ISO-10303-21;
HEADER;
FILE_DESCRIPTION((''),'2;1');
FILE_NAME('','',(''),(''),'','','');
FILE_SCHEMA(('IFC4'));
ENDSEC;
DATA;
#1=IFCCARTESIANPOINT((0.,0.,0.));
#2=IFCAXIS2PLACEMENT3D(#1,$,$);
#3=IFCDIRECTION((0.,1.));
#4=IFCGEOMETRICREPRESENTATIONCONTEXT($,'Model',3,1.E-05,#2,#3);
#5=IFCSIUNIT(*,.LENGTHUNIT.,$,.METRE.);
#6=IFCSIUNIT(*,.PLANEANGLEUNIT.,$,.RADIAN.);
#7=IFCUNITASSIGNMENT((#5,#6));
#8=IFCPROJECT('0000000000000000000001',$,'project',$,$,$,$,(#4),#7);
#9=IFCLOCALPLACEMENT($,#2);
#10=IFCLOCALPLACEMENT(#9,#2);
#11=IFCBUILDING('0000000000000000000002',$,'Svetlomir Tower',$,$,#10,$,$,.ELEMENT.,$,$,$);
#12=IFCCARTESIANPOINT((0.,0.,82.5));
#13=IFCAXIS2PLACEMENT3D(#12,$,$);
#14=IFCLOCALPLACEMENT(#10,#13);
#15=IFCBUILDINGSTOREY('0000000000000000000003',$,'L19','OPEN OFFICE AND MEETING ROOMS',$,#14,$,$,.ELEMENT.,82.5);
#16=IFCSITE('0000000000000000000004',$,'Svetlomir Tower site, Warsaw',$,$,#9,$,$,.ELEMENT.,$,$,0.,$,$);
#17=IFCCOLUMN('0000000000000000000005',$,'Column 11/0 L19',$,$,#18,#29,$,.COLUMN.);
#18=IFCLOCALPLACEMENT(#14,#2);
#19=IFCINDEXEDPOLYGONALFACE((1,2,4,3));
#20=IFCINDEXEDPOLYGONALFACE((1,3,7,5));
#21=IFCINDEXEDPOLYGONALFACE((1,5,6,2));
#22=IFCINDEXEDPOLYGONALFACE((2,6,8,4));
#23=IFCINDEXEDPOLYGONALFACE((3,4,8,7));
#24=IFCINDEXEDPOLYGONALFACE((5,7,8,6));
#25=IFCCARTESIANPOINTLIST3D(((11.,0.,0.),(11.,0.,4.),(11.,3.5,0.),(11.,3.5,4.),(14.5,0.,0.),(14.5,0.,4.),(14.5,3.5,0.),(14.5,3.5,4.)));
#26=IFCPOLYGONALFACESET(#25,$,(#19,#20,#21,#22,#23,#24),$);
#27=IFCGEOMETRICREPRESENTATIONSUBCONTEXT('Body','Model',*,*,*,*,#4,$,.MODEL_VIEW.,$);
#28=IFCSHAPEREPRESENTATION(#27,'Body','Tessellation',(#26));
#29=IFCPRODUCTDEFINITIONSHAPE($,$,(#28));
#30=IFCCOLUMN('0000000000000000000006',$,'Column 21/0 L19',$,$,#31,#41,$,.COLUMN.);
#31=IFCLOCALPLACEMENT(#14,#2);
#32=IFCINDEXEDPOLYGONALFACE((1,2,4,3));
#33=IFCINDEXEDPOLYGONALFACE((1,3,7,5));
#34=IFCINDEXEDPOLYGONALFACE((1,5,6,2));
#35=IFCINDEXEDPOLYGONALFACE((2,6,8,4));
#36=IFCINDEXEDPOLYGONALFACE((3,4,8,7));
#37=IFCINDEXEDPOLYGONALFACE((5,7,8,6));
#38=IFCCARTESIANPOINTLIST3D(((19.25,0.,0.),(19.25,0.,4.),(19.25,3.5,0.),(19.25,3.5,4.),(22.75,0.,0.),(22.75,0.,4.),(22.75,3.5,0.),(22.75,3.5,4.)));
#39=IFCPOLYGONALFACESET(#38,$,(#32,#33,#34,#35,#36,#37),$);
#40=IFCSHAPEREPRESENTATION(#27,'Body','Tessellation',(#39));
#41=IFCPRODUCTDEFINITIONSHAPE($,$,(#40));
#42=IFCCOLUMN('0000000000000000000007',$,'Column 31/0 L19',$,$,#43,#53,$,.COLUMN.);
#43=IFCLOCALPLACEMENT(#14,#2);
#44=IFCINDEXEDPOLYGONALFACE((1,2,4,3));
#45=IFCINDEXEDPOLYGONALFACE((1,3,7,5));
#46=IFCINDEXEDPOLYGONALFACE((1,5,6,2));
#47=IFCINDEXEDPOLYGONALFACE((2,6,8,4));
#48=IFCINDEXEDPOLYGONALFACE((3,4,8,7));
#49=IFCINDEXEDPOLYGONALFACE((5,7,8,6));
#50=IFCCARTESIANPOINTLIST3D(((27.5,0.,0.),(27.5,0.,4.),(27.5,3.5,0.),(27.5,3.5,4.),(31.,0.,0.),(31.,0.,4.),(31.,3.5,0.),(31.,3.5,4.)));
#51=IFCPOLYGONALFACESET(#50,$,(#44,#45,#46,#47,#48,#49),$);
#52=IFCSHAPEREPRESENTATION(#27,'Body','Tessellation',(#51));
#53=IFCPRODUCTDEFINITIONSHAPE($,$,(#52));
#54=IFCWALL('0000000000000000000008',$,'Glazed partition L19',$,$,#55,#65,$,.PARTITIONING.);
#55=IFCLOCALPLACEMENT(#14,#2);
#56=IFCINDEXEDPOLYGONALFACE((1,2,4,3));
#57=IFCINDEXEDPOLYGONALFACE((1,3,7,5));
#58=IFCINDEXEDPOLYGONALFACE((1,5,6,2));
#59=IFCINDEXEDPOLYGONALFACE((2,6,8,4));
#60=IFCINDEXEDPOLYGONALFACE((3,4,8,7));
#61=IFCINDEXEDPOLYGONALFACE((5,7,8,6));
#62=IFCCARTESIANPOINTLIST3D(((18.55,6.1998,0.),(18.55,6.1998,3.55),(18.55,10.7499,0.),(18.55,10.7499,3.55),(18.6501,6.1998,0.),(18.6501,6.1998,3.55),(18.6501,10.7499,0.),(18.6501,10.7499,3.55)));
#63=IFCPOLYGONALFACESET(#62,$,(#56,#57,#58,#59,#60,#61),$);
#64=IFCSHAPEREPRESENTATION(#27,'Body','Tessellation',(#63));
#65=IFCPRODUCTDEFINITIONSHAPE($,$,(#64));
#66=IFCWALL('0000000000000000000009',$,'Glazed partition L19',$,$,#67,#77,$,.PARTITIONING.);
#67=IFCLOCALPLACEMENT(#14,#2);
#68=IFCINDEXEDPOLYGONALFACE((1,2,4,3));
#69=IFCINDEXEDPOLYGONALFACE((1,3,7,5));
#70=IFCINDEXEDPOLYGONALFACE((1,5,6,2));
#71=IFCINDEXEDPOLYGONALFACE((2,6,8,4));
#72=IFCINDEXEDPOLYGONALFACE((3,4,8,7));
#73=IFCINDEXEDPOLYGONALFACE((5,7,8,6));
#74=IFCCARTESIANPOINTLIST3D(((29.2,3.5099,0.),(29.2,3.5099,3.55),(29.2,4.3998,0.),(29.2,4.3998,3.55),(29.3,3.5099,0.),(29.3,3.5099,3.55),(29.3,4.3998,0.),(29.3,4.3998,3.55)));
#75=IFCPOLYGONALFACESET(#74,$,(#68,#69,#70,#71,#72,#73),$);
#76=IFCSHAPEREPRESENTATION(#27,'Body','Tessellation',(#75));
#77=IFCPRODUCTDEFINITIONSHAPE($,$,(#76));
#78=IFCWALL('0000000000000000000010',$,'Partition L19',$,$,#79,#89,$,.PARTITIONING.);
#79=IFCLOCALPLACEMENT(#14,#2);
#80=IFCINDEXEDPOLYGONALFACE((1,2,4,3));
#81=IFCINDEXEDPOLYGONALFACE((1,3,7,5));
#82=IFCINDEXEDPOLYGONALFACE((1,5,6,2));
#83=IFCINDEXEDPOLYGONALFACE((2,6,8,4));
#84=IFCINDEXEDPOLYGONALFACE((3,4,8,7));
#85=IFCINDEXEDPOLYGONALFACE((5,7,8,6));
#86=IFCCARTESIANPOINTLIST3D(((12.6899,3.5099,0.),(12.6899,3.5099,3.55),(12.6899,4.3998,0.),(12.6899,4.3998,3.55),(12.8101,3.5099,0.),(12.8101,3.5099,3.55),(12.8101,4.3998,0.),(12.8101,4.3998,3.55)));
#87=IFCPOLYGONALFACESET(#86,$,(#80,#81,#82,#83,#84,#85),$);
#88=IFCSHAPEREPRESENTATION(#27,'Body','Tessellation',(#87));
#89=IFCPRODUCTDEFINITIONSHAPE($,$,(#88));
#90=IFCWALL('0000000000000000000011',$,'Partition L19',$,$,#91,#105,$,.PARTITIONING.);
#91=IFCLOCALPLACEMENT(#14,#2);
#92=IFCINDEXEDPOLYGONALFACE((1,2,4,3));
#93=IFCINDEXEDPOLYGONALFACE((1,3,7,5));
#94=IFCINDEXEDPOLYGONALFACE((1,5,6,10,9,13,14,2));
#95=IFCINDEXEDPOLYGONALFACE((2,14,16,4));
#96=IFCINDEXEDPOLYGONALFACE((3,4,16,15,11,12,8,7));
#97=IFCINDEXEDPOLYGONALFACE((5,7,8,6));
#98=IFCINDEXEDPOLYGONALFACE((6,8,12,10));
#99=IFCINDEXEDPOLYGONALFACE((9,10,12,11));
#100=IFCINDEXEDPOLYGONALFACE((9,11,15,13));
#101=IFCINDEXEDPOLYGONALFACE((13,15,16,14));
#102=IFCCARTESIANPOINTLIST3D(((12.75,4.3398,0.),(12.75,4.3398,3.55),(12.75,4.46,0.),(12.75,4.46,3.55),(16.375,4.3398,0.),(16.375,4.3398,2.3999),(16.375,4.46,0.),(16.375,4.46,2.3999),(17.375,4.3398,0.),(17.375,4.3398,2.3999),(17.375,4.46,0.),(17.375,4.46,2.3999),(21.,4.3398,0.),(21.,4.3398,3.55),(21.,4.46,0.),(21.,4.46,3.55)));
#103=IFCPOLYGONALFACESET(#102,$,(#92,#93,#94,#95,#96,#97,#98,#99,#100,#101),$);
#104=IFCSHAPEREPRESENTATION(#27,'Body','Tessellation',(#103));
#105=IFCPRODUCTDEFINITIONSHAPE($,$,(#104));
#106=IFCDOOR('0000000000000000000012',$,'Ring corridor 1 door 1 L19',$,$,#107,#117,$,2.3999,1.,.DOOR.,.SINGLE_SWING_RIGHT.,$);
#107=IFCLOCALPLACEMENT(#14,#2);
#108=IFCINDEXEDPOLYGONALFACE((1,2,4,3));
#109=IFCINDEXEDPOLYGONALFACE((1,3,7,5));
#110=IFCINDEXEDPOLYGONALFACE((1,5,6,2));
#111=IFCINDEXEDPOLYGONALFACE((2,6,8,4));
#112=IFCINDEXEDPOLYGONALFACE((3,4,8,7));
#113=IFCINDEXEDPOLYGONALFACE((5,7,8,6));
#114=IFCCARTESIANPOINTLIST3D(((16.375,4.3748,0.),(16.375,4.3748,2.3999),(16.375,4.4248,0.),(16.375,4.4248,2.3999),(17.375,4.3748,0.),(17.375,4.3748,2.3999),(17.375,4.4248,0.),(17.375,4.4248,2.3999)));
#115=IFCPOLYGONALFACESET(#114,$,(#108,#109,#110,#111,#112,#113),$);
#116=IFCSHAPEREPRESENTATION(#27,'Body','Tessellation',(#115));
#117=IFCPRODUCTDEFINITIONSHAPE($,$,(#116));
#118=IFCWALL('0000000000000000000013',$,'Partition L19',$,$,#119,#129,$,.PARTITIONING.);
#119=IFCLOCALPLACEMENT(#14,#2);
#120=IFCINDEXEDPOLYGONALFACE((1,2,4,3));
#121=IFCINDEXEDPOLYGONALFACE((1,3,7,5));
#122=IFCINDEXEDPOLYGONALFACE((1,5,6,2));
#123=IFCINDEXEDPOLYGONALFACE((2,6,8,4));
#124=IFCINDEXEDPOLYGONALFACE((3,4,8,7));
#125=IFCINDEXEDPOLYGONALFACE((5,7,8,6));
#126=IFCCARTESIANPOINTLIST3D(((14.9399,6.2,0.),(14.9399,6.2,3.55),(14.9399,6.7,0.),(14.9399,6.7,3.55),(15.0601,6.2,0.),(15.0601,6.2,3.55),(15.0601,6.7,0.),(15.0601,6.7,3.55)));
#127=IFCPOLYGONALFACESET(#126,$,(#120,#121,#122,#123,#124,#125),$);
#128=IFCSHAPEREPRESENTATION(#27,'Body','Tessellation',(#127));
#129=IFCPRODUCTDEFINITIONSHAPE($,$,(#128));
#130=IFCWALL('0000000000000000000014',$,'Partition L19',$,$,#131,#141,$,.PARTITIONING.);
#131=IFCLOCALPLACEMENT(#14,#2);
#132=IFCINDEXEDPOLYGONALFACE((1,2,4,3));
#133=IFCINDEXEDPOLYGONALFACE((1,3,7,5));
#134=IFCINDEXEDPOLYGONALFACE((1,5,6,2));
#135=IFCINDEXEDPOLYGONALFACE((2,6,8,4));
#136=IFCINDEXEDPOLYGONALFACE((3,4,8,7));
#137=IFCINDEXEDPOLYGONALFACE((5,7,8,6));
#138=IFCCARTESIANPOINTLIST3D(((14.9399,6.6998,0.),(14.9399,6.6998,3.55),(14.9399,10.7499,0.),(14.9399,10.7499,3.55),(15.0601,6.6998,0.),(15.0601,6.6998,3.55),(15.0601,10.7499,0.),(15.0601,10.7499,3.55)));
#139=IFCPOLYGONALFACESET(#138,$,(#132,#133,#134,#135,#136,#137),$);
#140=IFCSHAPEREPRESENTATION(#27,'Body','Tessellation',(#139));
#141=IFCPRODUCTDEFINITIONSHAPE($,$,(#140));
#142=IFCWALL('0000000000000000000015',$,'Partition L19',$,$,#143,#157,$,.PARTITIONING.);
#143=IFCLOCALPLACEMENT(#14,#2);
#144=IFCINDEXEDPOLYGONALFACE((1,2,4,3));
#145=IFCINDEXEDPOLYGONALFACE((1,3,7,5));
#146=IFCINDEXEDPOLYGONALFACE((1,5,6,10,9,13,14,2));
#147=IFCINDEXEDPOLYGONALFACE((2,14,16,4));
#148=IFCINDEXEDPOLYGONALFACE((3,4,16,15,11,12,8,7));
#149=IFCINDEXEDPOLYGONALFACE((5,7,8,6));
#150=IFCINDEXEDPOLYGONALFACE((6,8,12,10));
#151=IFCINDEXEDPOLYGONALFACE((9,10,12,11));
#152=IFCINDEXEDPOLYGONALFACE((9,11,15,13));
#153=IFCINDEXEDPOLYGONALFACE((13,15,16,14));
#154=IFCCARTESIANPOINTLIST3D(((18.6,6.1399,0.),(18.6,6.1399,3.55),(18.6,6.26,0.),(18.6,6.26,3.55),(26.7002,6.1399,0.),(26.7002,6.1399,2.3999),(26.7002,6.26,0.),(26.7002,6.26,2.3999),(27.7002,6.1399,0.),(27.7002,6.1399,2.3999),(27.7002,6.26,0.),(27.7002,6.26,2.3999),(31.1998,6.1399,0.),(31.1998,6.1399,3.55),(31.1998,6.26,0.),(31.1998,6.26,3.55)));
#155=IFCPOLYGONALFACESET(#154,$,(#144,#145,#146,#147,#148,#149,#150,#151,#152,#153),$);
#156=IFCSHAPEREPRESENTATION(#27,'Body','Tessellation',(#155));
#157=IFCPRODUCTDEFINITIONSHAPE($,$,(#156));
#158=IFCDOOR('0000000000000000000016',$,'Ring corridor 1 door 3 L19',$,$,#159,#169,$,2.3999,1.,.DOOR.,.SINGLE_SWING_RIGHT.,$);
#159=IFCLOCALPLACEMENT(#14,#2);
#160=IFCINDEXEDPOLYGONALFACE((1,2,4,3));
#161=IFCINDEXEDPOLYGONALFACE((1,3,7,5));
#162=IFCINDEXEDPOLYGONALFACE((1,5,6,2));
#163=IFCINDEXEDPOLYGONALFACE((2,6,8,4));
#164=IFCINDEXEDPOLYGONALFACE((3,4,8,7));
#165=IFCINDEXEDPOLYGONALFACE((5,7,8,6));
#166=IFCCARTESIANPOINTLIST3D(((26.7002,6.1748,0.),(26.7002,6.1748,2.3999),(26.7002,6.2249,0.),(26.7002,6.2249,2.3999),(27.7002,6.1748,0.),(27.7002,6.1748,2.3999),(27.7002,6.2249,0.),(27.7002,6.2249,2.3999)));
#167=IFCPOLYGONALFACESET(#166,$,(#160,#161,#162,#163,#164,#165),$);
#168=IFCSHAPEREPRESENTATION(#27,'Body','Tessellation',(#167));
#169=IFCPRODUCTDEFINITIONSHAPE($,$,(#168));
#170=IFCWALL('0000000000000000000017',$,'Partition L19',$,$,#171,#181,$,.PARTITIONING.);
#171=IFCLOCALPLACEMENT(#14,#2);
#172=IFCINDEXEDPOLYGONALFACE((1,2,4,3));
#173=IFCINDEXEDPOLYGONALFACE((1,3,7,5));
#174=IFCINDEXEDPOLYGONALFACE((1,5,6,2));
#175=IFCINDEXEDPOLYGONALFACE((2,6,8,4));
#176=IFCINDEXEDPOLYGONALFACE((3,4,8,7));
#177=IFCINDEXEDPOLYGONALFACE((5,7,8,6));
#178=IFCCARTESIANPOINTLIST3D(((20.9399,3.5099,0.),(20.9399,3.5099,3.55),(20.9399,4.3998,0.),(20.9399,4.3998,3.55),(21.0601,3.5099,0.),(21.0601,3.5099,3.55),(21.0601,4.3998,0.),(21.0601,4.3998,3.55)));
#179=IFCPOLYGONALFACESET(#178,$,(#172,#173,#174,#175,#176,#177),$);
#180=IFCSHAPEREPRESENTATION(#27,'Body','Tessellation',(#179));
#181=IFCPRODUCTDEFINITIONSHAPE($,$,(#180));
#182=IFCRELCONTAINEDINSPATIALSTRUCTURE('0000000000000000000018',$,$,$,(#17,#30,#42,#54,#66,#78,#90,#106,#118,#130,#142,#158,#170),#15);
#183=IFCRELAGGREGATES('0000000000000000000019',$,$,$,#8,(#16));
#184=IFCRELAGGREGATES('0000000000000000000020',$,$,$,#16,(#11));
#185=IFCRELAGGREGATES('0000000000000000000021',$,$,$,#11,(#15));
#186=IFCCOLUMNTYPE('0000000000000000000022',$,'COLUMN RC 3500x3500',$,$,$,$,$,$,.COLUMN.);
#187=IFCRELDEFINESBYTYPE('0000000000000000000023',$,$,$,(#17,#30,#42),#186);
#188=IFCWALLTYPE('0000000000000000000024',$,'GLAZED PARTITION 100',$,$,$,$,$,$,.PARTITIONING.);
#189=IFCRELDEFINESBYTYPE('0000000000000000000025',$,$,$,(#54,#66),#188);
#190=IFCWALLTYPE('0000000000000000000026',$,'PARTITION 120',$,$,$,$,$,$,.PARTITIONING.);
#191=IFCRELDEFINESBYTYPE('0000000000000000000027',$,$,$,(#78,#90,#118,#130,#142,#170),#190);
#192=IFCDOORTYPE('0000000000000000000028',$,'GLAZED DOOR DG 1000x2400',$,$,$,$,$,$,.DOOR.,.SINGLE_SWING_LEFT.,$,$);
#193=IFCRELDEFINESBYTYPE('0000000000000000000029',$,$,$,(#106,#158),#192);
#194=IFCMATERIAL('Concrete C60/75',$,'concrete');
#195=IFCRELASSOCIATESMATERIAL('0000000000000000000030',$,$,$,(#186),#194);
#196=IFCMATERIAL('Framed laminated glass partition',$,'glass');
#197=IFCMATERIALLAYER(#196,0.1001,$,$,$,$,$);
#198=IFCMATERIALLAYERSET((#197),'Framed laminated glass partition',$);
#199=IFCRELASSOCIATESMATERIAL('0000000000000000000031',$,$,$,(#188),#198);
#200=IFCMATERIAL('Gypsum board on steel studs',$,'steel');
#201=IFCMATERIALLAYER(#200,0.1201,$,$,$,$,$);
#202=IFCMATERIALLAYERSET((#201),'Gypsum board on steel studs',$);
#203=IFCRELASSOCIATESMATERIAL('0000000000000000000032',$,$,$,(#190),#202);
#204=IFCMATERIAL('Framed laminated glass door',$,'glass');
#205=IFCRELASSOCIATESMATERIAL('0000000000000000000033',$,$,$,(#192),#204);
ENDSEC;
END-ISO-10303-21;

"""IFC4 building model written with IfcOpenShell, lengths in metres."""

from ifc_helpers import new_model, si_unit, direction, frame, frame_2d, origin, origin_2d, place, context, subcontext, project, spatial, rectangle, extrude, material, layer, layer_set, material_profile, profile_set, type_object, element, fill, save


model = new_model("IFC4")

# Units and contexts
model_context = context("Model", 3, precision=1e-05, world=origin(), true_north=direction((0.0, 1.0)))
body_context = subcontext(model_context, "Body", "Model", "MODEL_VIEW")
ifc_project = project(units=[si_unit("LENGTHUNIT", "METRE"), si_unit("PLANEANGLEUNIT", "RADIAN")], contexts=[model_context])

# Site, building, storey
site_placement = place(None, origin())
site = spatial("IfcSite", under=ifc_project, at=site_placement, Name="Svetlomir Tower site, Warsaw", CompositionType="ELEMENT", RefElevation=0.0)
building_placement = place(site_placement, origin())
building = spatial("IfcBuilding", under=site, at=building_placement, Name="Svetlomir Tower", CompositionType="ELEMENT")
storey_placement = place(building_placement, frame((0.0, 0.0, 82.5)))
storey = spatial("IfcBuildingStorey", under=building, at=storey_placement, Name="L19", Description="OPEN OFFICE AND MEETING ROOMS", CompositionType="ELEMENT", Elevation=82.5)

# Columns
ifc_material_1 = material(Name="Concrete C60/75", Category="concrete")
ifc_material_profile = material_profile(ifc_material_1, rectangle(XDim=3.5, YDim=3.5, at=origin_2d()), Name="RC 3500x3500")
ifc_profile_set = profile_set([ifc_material_profile], Name="Concrete C60/75")
column_type = type_object("IfcColumnType", Name="COLUMN RC 3500x3500", PredefinedType="COLUMN", material=ifc_profile_set)
for number, where, z_axis, x_axis, name in (
    (1, (12.75, 1.75, 0.0), (0.0, 0.0, 1.0), (1.0, 0.0, 0.0), "Column 11/0 L19"),
    (2, (21.0, 1.75, 0.0), (0.0, 0.0, 1.0), (1.0, 0.0, 0.0), "Column 21/0 L19"),
    (3, (29.25, 1.75, 0.0), (0.0, 0.0, 1.0), (1.0, 0.0, 0.0), "Column 31/0 L19"),
):
    element("IfcColumn", number, at=place(storey_placement, frame(where, z_axis=z_axis, x_axis=x_axis)), inside=storey, type_object=column_type, Name=name, PredefinedType="COLUMN", context=body_context, shape_type="SweptSolid", body=[
        extrude(rectangle(XDim=3.5, YDim=3.5, at=origin_2d()), origin(), (0.0, 0.0, 1.0), 4.0),
    ])

# Walls
ifc_material_2 = material(Name="Framed laminated glass partition", Category="glass")
ifc_layer_1 = layer(ifc_material_2, 0.1001)
ifc_layer_set_1 = layer_set([ifc_layer_1], Name="Framed laminated glass partition")
wall_type_1 = type_object("IfcWallType", Name="GLAZED PARTITION 100", PredefinedType="PARTITIONING", material=ifc_layer_set_1)
wall_1_placement = place(storey_placement, frame((18.6001, 6.2, 0.0), z_axis=(0.0, 0.0, 1.0), x_axis=(0.0, 1.0, 0.0)))
element("IfcWall", 4, at=wall_1_placement, inside=storey, type_object=wall_type_1, Name="Glazed partition L19", PredefinedType="PARTITIONING", context=body_context, shape_type="SweptSolid", body=[
    extrude(rectangle(XDim=4.55, YDim=0.1001, at=frame_2d((2.2749, 0.0))), origin(), (0.0, 0.0, 1.0), 3.55),
])
wall_2_placement = place(storey_placement, frame((29.25, 3.51, 0.0), z_axis=(0.0, 0.0, 1.0), x_axis=(0.0, 1.0, 0.0)))
element("IfcWall", 5, at=wall_2_placement, inside=storey, type_object=wall_type_1, Name="Glazed partition L19", PredefinedType="PARTITIONING", context=body_context, shape_type="SweptSolid", body=[
    extrude(rectangle(XDim=0.8899, YDim=0.1001, at=frame_2d((0.4448, 0.0))), origin(), (0.0, 0.0, 1.0), 3.55),
])
ifc_material_3 = material(Name="Gypsum board on steel studs", Category="steel")
ifc_layer_2 = layer(ifc_material_3, 0.1201)
ifc_layer_set_2 = layer_set([ifc_layer_2], Name="Gypsum board on steel studs")
wall_type_2 = type_object("IfcWallType", Name="PARTITION 120", PredefinedType="PARTITIONING", material=ifc_layer_set_2)
wall_3_placement = place(storey_placement, frame((12.75, 3.51, 0.0), z_axis=(0.0, 0.0, 1.0), x_axis=(0.0, 1.0, 0.0)))
element("IfcWall", 6, at=wall_3_placement, inside=storey, type_object=wall_type_2, Name="Partition L19", PredefinedType="PARTITIONING", context=body_context, shape_type="SweptSolid", body=[
    extrude(rectangle(XDim=0.8899, YDim=0.1201, at=frame_2d((0.4448, 0.0))), origin(), (0.0, 0.0, 1.0), 3.55),
])

# Wall, opening, door
wall_4_placement = place(storey_placement, frame((12.75, 4.3999, 0.0), z_axis=(0.0, 0.0, 1.0), x_axis=(1.0, 0.0, 0.0)))
wall_4 = element("IfcWall", 7, at=wall_4_placement, inside=storey, type_object=wall_type_2, Name="Partition L19", PredefinedType="PARTITIONING", context=body_context, shape_type="SweptSolid", body=[
    extrude(rectangle(XDim=8.25, YDim=0.1201, at=frame_2d((4.125, 0.0))), origin(), (0.0, 0.0, 1.0), 3.55),
])
opening_1_placement = place(wall_4_placement, frame((3.625, 0.0, 0.0)))
opening_1 = element("IfcOpeningElement", 8, at=opening_1_placement, cuts=wall_4, PredefinedType="OPENING", context=body_context, shape_type="SweptSolid", body=[
    extrude(rectangle(XDim=1.0, YDim=2.3999, at=frame_2d((0.5, 1.2))), frame((0.0, 0.0701, 0.0), z_axis=(0.0, -1.0, 0.0), x_axis=(1.0, 0.0, 0.0)), (0.0, 0.0, 1.0), 0.1401),
])
ifc_material_4 = material(Name="Framed laminated glass door", Category="glass")
door_type_1 = type_object("IfcDoorType", Name="GLAZED DOOR DG 1000x2400", OperationType="SINGLE_SWING_LEFT", PredefinedType="DOOR", material=ifc_material_4)
door_1_placement = place(opening_1_placement, origin())
door_1 = element("IfcDoor", 9, at=door_1_placement, inside=storey, type_object=door_type_1, Name="Ring corridor 1 door 1 L19", OperationType="SINGLE_SWING_RIGHT", OverallHeight=2.3999, OverallWidth=1.0, PredefinedType="DOOR", context=body_context, shape_type="SweptSolid", body=[
    extrude(rectangle(XDim=1.0, YDim=2.3999, at=frame_2d((0.5, 1.2))), frame((0.0, 0.0249, 0.0), z_axis=(0.0, -1.0, 0.0), x_axis=(1.0, 0.0, 0.0)), (0.0, 0.0, 1.0), 0.05),
])
fill(opening_1, door_1)

# Wall
wall_5_placement = place(storey_placement, frame((15.0, 6.2, 0.0), z_axis=(0.0, 0.0, 1.0), x_axis=(0.0, 1.0, 0.0)))
element("IfcWall", 10, at=wall_5_placement, inside=storey, type_object=wall_type_2, Name="Partition L19", PredefinedType="PARTITIONING", context=body_context, shape_type="SweptSolid", body=[
    extrude(rectangle(XDim=0.5, YDim=0.1201, at=frame_2d((0.25, 0.0))), origin(), (0.0, 0.0, 1.0), 3.55),
])

# Wall
wall_6_placement = place(storey_placement, frame((15.0, 6.7, 0.0), z_axis=(0.0, 0.0, 1.0), x_axis=(0.0, 1.0, 0.0)))
element("IfcWall", 11, at=wall_6_placement, inside=storey, type_object=wall_type_2, Name="Partition L19", PredefinedType="PARTITIONING", context=body_context, shape_type="SweptSolid", body=[
    extrude(rectangle(XDim=4.05, YDim=0.1201, at=frame_2d((2.0249, 0.0))), origin(), (0.0, 0.0, 1.0), 3.55),
])

# Wall, opening, door
wall_7_placement = place(storey_placement, frame((18.6001, 6.2, 0.0), z_axis=(0.0, 0.0, 1.0), x_axis=(1.0, 0.0, 0.0)))
wall_7 = element("IfcWall", 12, at=wall_7_placement, inside=storey, type_object=wall_type_2, Name="Partition L19", PredefinedType="PARTITIONING", context=body_context, shape_type="SweptSolid", body=[
    extrude(rectangle(XDim=12.5999, YDim=0.1201, at=frame_2d((6.2998, 0.0))), origin(), (0.0, 0.0, 1.0), 3.55),
])
opening_2_placement = place(wall_7_placement, frame((8.1001, 0.0, 0.0)))
opening_2 = element("IfcOpeningElement", 13, at=opening_2_placement, cuts=wall_7, PredefinedType="OPENING", context=body_context, shape_type="SweptSolid", body=[
    extrude(rectangle(XDim=1.0, YDim=2.3999, at=frame_2d((0.5, 1.2))), frame((0.0, 0.0701, 0.0), z_axis=(0.0, -1.0, 0.0), x_axis=(1.0, 0.0, 0.0)), (0.0, 0.0, 1.0), 0.1401),
])
door_2_placement = place(opening_2_placement, origin())
door_2 = element("IfcDoor", 14, at=door_2_placement, inside=storey, type_object=door_type_1, Name="Ring corridor 1 door 3 L19", OperationType="SINGLE_SWING_RIGHT", OverallHeight=2.3999, OverallWidth=1.0, PredefinedType="DOOR", context=body_context, shape_type="SweptSolid", body=[
    extrude(rectangle(XDim=1.0, YDim=2.3999, at=frame_2d((0.5, 1.2))), frame((0.0, 0.0249, 0.0), z_axis=(0.0, -1.0, 0.0), x_axis=(1.0, 0.0, 0.0)), (0.0, 0.0, 1.0), 0.05),
])
fill(opening_2, door_2)

# Wall
wall_8_placement = place(storey_placement, frame((21.0, 3.51, 0.0), z_axis=(0.0, 0.0, 1.0), x_axis=(0.0, 1.0, 0.0)))
element("IfcWall", 15, at=wall_8_placement, inside=storey, type_object=wall_type_2, Name="Partition L19", PredefinedType="PARTITIONING", context=body_context, shape_type="SweptSolid", body=[
    extrude(rectangle(XDim=0.8899, YDim=0.1201, at=frame_2d((0.4448, 0.0))), origin(), (0.0, 0.0, 1.0), 3.55),
])

save(model, "model.ifc")
